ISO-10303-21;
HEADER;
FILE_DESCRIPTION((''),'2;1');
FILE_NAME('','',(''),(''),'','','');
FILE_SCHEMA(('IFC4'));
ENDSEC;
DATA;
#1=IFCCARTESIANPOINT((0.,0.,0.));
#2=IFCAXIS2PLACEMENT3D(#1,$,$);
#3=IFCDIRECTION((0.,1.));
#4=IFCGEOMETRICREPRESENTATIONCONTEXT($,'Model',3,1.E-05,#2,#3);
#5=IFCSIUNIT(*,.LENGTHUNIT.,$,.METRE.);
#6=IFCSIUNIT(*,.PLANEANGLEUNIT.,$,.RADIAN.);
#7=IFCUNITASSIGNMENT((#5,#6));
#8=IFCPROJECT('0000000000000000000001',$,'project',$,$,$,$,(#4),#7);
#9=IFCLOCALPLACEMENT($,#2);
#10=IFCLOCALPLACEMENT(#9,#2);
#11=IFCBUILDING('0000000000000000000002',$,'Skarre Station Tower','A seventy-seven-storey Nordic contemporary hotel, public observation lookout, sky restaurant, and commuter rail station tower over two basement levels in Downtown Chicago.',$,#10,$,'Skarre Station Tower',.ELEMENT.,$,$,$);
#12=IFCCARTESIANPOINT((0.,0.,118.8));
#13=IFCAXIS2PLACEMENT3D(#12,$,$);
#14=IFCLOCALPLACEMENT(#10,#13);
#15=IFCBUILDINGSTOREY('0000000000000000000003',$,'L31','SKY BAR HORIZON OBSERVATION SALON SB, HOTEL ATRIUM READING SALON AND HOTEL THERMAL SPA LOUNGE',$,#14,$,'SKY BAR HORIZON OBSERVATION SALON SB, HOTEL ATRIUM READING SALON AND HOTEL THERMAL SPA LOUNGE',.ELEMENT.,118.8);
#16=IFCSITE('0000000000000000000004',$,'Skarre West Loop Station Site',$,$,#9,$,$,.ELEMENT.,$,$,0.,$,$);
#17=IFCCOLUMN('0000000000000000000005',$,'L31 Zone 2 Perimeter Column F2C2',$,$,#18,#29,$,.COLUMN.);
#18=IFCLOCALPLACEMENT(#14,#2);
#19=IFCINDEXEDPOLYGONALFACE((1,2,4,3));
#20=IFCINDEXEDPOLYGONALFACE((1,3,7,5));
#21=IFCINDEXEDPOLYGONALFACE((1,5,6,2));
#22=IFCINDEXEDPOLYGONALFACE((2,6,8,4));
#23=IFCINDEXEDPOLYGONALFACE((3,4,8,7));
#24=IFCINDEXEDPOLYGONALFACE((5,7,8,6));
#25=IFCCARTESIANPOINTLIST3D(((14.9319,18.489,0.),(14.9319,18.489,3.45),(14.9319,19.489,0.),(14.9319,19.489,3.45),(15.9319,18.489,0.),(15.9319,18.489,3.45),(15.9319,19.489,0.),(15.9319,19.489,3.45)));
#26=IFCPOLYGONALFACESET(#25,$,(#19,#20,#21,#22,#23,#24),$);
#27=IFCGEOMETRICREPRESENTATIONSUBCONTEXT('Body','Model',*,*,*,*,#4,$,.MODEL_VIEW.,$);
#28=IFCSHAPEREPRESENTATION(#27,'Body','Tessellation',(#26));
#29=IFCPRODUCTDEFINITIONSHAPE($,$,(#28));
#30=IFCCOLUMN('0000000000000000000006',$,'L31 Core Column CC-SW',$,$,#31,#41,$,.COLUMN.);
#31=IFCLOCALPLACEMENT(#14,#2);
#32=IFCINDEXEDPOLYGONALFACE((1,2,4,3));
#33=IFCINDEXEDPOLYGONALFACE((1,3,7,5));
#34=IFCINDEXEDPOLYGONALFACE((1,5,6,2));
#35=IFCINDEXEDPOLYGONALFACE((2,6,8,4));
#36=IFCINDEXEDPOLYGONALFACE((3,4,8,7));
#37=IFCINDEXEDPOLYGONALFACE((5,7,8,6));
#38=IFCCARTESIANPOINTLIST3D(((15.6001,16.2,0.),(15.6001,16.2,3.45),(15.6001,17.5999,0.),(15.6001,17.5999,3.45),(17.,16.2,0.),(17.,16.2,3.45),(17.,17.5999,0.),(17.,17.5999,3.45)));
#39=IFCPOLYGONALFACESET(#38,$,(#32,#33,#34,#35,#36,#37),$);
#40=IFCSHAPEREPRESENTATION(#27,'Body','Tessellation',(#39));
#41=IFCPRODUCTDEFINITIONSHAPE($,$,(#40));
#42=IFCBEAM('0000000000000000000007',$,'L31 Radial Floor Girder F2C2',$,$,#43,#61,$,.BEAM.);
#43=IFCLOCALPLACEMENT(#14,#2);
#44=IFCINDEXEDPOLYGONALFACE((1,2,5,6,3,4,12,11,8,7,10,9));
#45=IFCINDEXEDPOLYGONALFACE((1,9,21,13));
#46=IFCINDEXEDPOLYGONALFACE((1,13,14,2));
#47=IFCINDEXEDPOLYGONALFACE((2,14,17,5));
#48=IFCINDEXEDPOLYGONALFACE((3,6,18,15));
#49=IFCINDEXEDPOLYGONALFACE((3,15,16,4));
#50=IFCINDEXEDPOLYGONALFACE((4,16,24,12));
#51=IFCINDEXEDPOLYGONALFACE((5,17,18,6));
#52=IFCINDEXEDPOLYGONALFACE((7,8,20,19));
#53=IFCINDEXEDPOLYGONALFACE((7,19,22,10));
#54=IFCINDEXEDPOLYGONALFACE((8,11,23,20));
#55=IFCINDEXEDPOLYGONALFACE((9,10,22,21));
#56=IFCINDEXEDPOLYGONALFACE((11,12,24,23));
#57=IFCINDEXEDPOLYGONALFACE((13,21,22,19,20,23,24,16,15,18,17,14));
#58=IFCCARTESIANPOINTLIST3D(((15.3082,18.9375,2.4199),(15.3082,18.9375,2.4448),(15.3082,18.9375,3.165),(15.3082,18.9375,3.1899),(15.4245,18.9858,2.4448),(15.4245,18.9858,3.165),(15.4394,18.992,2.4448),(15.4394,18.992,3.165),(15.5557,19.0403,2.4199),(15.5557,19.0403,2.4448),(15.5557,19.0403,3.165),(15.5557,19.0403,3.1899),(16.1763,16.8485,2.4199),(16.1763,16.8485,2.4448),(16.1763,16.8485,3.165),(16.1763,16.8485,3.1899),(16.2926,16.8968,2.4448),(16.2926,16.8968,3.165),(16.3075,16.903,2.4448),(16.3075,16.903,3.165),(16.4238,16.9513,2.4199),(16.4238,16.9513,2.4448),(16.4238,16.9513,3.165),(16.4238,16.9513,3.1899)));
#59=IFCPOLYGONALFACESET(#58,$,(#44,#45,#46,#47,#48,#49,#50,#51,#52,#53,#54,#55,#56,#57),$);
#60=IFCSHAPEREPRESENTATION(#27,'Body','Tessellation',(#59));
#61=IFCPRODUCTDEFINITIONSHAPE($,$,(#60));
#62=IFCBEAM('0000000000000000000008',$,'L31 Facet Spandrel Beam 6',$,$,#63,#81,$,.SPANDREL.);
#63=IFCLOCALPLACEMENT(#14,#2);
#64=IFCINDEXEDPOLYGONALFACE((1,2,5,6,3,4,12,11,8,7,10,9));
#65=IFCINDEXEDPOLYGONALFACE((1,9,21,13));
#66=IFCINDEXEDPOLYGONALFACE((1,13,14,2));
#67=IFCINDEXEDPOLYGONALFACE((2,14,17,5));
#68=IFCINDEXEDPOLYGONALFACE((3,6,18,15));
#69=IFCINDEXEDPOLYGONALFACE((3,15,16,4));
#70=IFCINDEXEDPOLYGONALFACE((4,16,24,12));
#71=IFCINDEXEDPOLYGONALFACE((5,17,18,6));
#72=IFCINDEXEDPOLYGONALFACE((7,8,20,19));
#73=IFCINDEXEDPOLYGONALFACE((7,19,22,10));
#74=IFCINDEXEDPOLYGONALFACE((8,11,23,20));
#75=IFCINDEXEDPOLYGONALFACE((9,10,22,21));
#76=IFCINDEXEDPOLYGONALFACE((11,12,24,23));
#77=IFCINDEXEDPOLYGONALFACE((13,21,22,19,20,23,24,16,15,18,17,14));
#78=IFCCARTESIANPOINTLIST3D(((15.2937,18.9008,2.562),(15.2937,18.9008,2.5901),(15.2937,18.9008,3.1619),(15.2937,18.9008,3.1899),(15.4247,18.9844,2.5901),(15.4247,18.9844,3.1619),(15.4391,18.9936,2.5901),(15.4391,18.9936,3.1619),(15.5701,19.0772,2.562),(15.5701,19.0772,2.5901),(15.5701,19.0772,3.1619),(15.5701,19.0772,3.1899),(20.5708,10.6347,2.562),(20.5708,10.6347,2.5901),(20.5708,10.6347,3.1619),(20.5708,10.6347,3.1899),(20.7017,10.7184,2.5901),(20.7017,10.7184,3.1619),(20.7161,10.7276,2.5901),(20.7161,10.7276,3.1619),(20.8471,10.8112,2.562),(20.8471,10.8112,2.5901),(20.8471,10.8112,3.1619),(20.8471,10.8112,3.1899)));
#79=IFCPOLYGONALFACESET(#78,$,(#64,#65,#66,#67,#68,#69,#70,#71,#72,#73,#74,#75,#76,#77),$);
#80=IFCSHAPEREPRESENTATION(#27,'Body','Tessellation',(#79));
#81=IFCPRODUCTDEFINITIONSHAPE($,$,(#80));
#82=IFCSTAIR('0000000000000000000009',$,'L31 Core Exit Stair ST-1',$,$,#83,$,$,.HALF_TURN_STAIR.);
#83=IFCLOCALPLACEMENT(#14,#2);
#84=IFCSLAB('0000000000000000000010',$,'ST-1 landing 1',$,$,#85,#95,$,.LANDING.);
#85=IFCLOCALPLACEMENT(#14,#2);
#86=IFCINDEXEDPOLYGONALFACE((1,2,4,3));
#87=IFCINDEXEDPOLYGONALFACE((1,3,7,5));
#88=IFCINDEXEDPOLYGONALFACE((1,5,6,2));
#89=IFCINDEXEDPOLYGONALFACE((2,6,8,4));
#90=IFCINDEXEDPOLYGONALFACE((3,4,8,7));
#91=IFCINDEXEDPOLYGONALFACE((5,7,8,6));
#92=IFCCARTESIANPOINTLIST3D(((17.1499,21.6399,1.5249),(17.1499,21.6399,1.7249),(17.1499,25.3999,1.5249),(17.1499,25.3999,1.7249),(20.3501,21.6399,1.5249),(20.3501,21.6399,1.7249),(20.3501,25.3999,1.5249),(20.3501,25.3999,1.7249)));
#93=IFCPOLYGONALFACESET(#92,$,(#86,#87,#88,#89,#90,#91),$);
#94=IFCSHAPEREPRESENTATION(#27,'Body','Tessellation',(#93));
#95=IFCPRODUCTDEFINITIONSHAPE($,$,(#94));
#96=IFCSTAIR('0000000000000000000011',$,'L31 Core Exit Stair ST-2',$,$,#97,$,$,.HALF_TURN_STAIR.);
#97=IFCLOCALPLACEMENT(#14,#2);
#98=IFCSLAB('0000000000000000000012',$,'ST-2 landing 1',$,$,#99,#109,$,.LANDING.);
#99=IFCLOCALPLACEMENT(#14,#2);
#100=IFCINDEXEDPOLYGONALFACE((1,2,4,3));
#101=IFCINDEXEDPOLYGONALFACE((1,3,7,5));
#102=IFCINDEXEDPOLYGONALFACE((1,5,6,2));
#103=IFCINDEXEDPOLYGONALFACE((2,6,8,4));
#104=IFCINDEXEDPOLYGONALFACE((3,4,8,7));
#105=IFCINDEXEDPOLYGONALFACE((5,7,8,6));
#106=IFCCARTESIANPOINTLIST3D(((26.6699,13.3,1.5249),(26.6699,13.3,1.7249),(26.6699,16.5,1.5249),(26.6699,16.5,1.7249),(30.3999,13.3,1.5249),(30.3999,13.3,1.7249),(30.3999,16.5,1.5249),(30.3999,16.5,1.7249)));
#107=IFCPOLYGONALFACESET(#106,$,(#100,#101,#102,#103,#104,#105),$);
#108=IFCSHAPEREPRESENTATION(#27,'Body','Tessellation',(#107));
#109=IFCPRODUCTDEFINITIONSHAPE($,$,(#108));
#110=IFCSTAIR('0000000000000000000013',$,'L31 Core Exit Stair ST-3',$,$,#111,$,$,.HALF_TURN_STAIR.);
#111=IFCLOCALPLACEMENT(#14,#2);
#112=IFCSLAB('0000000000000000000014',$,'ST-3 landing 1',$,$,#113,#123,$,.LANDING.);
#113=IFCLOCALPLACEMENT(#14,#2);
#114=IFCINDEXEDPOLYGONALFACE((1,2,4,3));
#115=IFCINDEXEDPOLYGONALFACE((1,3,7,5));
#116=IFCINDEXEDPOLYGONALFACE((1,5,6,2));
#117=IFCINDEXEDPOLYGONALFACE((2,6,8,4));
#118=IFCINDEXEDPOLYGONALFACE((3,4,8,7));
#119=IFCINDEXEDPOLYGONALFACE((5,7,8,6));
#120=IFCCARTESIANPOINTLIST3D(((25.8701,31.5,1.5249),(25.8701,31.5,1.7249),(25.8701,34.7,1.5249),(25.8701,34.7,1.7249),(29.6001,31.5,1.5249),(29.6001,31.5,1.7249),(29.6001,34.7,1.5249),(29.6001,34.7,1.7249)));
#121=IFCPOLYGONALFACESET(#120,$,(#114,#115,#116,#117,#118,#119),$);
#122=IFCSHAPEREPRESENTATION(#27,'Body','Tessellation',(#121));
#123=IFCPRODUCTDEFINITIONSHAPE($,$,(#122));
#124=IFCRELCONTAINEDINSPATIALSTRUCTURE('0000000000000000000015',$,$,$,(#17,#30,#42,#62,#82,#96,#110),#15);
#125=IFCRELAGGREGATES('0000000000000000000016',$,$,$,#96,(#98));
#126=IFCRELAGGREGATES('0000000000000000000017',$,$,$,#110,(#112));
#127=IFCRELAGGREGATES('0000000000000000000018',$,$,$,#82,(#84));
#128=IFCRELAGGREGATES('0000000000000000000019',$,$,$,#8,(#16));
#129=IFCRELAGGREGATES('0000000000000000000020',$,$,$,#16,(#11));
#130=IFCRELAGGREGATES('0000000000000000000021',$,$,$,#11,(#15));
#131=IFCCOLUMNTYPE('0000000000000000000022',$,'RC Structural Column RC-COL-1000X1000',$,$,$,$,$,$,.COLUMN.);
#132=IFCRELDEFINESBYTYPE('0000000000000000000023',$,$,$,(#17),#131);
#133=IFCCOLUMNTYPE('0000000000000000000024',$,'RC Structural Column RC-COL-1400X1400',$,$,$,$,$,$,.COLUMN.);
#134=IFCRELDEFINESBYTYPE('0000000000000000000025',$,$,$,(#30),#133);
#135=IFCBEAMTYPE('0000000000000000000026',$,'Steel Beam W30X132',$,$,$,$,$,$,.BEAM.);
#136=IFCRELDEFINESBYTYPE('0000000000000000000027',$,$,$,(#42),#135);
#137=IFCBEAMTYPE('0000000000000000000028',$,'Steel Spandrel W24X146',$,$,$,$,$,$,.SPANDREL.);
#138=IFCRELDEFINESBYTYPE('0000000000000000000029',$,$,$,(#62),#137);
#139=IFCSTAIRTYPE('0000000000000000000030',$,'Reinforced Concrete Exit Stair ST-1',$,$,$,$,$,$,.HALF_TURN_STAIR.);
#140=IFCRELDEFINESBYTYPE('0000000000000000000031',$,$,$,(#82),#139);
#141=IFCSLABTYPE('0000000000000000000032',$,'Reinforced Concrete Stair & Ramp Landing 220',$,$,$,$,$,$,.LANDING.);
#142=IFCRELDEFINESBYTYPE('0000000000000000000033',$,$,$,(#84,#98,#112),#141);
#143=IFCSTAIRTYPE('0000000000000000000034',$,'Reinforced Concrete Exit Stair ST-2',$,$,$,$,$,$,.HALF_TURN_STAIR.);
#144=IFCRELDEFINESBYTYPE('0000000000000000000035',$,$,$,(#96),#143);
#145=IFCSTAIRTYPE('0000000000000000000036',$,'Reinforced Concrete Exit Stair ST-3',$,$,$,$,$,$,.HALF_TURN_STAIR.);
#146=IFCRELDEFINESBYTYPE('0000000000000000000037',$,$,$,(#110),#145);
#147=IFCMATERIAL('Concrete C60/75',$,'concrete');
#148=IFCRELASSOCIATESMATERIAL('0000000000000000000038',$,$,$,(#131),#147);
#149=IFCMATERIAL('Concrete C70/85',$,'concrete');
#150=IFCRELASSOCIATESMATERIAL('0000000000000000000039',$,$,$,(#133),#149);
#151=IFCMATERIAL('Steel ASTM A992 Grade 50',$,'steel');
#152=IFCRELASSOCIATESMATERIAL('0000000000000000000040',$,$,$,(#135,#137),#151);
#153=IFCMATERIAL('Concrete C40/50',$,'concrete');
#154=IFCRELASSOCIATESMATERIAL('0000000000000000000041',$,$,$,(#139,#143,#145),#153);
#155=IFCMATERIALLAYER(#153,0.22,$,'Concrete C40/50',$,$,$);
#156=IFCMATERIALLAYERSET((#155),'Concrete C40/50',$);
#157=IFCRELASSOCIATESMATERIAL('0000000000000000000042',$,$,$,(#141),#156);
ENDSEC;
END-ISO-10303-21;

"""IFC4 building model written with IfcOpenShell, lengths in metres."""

from ifc_helpers import new_model, si_unit, direction, frame, origin, origin_2d, place, context, subcontext, project, spatial, polyline, rectangle, i_section, outline, extrude, material, layer, layer_set, material_profile, profile_set, type_object, element, aggregate, save


model = new_model("IFC4")

# Units and contexts
model_context = context("Model", 3, precision=1e-05, world=origin(), true_north=direction((0.0, 1.0)))
body_context = subcontext(model_context, "Body", "Model", "MODEL_VIEW")
ifc_project = project(units=[si_unit("LENGTHUNIT", "METRE"), si_unit("PLANEANGLEUNIT", "RADIAN")], contexts=[model_context])

# Site, building, storey
site_placement = place(None, origin())
site = spatial("IfcSite", under=ifc_project, at=site_placement, Name="Skarre West Loop Station Site", CompositionType="ELEMENT", RefElevation=0.0)
building_placement = place(site_placement, origin())
building = spatial("IfcBuilding", under=site, at=building_placement, Name="Skarre Station Tower", Description="A seventy-seven-storey Nordic contemporary hotel, public observation lookout, sky restaurant, and commuter rail station tower over two basement levels in Downtown Chicago.", LongName="Skarre Station Tower", CompositionType="ELEMENT")
storey_placement = place(building_placement, frame((0.0, 0.0, 118.8)))
storey = spatial("IfcBuildingStorey", under=building, at=storey_placement, Name="L31", Description="SKY BAR HORIZON OBSERVATION SALON SB, HOTEL ATRIUM READING SALON AND HOTEL THERMAL SPA LOUNGE", LongName="SKY BAR HORIZON OBSERVATION SALON SB, HOTEL ATRIUM READING SALON AND HOTEL THERMAL SPA LOUNGE", CompositionType="ELEMENT", Elevation=118.8)

# Columns
ifc_material_1 = material(Name="Concrete C60/75", Category="concrete")
ifc_material_profile_1 = material_profile(ifc_material_1, rectangle(XDim=1.0, YDim=1.0, at=origin_2d()), Name="Concrete C60/75")
ifc_profile_set_1 = profile_set([ifc_material_profile_1], Name="Concrete C60/75")
column_type_1 = type_object("IfcColumnType", Name="RC Structural Column RC-COL-1000X1000", PredefinedType="COLUMN", material=ifc_profile_set_1)
column_1_placement = place(storey_placement, frame((15.4319, 18.989, 0.0), z_axis=(0.0, 0.0, 1.0), x_axis=(1.0, 0.0, 0.0)))
element("IfcColumn", 1, at=column_1_placement, inside=storey, type_object=column_type_1, Name="L31 Zone 2 Perimeter Column F2C2", PredefinedType="COLUMN", context=body_context, shape_type="SweptSolid", body=[
    extrude(rectangle(XDim=1.0, YDim=1.0, at=origin_2d()), origin(), (0.0, 0.0, 1.0), 3.45),
])
ifc_material_2 = material(Name="Concrete C70/85", Category="concrete")
ifc_material_profile_2 = material_profile(ifc_material_2, rectangle(XDim=1.3999, YDim=1.3999, at=origin_2d()), Name="Concrete C70/85")
ifc_profile_set_2 = profile_set([ifc_material_profile_2], Name="Concrete C70/85")
column_type_2 = type_object("IfcColumnType", Name="RC Structural Column RC-COL-1400X1400", PredefinedType="COLUMN", material=ifc_profile_set_2)
column_2_placement = place(storey_placement, frame((16.3, 16.8999, 0.0), z_axis=(0.0, 0.0, 1.0), x_axis=(1.0, 0.0, 0.0)))
element("IfcColumn", 2, at=column_2_placement, inside=storey, type_object=column_type_2, Name="L31 Core Column CC-SW", PredefinedType="COLUMN", context=body_context, shape_type="SweptSolid", body=[
    extrude(rectangle(XDim=1.3999, YDim=1.3999, at=origin_2d()), origin(), (0.0, 0.0, 1.0), 3.45),
])

# Beams
ifc_material_3 = material(Name="Steel ASTM A992 Grade 50", Category="steel")
ifc_material_profile_3 = material_profile(ifc_material_3, i_section(OverallWidth=0.2681, OverallDepth=0.77, WebThickness=0.0161, FlangeThickness=0.0249, at=origin_2d()), Name="Steel ASTM A992 Grade 50")
ifc_profile_set_3 = profile_set([ifc_material_profile_3], Name="Steel ASTM A992 Grade 50")
beam_type_1 = type_object("IfcBeamType", Name="Steel Beam W30X132", PredefinedType="BEAM", material=ifc_profile_set_3)
beam_1_placement = place(storey_placement, frame((16.3, 16.8999, 2.8049), z_axis=(-0.383749, 0.923437, 0.0), x_axis=(-0.923437, -0.383749, 0.0)))
element("IfcBeam", 3, at=beam_1_placement, inside=storey, type_object=beam_type_1, Name="L31 Radial Floor Girder F2C2", PredefinedType="BEAM", context=body_context, shape_type="SweptSolid", body=[
    extrude(i_section(OverallWidth=0.2681, OverallDepth=0.77, WebThickness=0.0161, FlangeThickness=0.0249, at=origin_2d()), origin(), (0.0, 0.0, 1.0), 2.2622),
])
ifc_material_profile_4 = material_profile(ifc_material_3, i_section(OverallWidth=0.3279, OverallDepth=0.6279, WebThickness=0.0171, FlangeThickness=0.0281, at=origin_2d()), Name="Steel ASTM A992 Grade 50")
ifc_profile_set_4 = profile_set([ifc_material_profile_4], Name="Steel ASTM A992 Grade 50")
beam_type_2 = type_object("IfcBeamType", Name="Steel Spandrel W24X146", PredefinedType="SPANDREL", material=ifc_profile_set_4)
beam_2_placement = place(storey_placement, frame((15.4319, 18.989, 2.876), z_axis=(0.538098, -0.842883, 0.0), x_axis=(0.842883, 0.538098, 0.0)))
element("IfcBeam", 4, at=beam_2_placement, inside=storey, type_object=beam_type_2, Name="L31 Facet Spandrel Beam 6", PredefinedType="SPANDREL", context=body_context, shape_type="SweptSolid", body=[
    extrude(i_section(OverallWidth=0.3279, OverallDepth=0.6279, WebThickness=0.0171, FlangeThickness=0.0281, at=origin_2d()), origin(), (0.0, 0.0, 1.0), 9.8069),
])

# Stairs, slabs
ifc_material_4 = material(Name="Concrete C40/50", Category="concrete")
stair_type_1 = type_object("IfcStairType", Name="Reinforced Concrete Exit Stair ST-1", PredefinedType="HALF_TURN_STAIR", material=ifc_material_4)
stair_1_placement = place(storey_placement, origin())
stair_1 = element("IfcStair", 5, at=stair_1_placement, inside=storey, type_object=stair_type_1, Name="L31 Core Exit Stair ST-1", PredefinedType="HALF_TURN_STAIR")
ifc_layer_1 = layer(ifc_material_4, 0.22, Name="Concrete C40/50")
ifc_layer_set_1 = layer_set([ifc_layer_1], Name="Concrete C40/50")
slab_type_1 = type_object("IfcSlabType", Name="Reinforced Concrete Stair & Ramp Landing 220", PredefinedType="LANDING", material=ifc_layer_set_1)
slab_1_placement = place(storey_placement, frame((0.0, 0.0, 1.5249)))
slab_1 = element("IfcSlab", 6, at=slab_1_placement, type_object=slab_type_1, Name="ST-1 landing 1", PredefinedType="LANDING", context=body_context, shape_type="SweptSolid", body=[
    extrude(outline(polyline([(20.3501, 21.6399), (20.3501, 25.3999), (17.1499, 25.3999), (17.1499, 21.6399), (20.3501, 21.6399)])), origin(), (0.0, 0.0, 1.0), 0.2),
])
stair_type_2 = type_object("IfcStairType", Name="Reinforced Concrete Exit Stair ST-2", PredefinedType="HALF_TURN_STAIR", material=ifc_material_4)
stair_2_placement = place(storey_placement, origin())
stair_2 = element("IfcStair", 7, at=stair_2_placement, inside=storey, type_object=stair_type_2, Name="L31 Core Exit Stair ST-2", PredefinedType="HALF_TURN_STAIR")
slab_2_placement = place(storey_placement, frame((0.0, 0.0, 1.5249)))
slab_2 = element("IfcSlab", 8, at=slab_2_placement, type_object=slab_type_1, Name="ST-2 landing 1", PredefinedType="LANDING", context=body_context, shape_type="SweptSolid", body=[
    extrude(outline(polyline([(26.6699, 13.3), (30.3999, 13.3), (30.3999, 16.5), (26.6699, 16.5), (26.6699, 13.3)])), origin(), (0.0, 0.0, 1.0), 0.2),
])
aggregate(stair_2, [slab_2])
stair_type_3 = type_object("IfcStairType", Name="Reinforced Concrete Exit Stair ST-3", PredefinedType="HALF_TURN_STAIR", material=ifc_material_4)
stair_3_placement = place(storey_placement, origin())
stair_3 = element("IfcStair", 9, at=stair_3_placement, inside=storey, type_object=stair_type_3, Name="L31 Core Exit Stair ST-3", PredefinedType="HALF_TURN_STAIR")
slab_3_placement = place(storey_placement, frame((0.0, 0.0, 1.5249)))
slab_3 = element("IfcSlab", 10, at=slab_3_placement, type_object=slab_type_1, Name="ST-3 landing 1", PredefinedType="LANDING", context=body_context, shape_type="SweptSolid", body=[
    extrude(outline(polyline([(25.8701, 31.5), (29.6001, 31.5), (29.6001, 34.7), (25.8701, 34.7), (25.8701, 31.5)])), origin(), (0.0, 0.0, 1.0), 0.2),
])
aggregate(stair_3, [slab_3])

aggregate(stair_1, [slab_1])

save(model, "model.ifc")
